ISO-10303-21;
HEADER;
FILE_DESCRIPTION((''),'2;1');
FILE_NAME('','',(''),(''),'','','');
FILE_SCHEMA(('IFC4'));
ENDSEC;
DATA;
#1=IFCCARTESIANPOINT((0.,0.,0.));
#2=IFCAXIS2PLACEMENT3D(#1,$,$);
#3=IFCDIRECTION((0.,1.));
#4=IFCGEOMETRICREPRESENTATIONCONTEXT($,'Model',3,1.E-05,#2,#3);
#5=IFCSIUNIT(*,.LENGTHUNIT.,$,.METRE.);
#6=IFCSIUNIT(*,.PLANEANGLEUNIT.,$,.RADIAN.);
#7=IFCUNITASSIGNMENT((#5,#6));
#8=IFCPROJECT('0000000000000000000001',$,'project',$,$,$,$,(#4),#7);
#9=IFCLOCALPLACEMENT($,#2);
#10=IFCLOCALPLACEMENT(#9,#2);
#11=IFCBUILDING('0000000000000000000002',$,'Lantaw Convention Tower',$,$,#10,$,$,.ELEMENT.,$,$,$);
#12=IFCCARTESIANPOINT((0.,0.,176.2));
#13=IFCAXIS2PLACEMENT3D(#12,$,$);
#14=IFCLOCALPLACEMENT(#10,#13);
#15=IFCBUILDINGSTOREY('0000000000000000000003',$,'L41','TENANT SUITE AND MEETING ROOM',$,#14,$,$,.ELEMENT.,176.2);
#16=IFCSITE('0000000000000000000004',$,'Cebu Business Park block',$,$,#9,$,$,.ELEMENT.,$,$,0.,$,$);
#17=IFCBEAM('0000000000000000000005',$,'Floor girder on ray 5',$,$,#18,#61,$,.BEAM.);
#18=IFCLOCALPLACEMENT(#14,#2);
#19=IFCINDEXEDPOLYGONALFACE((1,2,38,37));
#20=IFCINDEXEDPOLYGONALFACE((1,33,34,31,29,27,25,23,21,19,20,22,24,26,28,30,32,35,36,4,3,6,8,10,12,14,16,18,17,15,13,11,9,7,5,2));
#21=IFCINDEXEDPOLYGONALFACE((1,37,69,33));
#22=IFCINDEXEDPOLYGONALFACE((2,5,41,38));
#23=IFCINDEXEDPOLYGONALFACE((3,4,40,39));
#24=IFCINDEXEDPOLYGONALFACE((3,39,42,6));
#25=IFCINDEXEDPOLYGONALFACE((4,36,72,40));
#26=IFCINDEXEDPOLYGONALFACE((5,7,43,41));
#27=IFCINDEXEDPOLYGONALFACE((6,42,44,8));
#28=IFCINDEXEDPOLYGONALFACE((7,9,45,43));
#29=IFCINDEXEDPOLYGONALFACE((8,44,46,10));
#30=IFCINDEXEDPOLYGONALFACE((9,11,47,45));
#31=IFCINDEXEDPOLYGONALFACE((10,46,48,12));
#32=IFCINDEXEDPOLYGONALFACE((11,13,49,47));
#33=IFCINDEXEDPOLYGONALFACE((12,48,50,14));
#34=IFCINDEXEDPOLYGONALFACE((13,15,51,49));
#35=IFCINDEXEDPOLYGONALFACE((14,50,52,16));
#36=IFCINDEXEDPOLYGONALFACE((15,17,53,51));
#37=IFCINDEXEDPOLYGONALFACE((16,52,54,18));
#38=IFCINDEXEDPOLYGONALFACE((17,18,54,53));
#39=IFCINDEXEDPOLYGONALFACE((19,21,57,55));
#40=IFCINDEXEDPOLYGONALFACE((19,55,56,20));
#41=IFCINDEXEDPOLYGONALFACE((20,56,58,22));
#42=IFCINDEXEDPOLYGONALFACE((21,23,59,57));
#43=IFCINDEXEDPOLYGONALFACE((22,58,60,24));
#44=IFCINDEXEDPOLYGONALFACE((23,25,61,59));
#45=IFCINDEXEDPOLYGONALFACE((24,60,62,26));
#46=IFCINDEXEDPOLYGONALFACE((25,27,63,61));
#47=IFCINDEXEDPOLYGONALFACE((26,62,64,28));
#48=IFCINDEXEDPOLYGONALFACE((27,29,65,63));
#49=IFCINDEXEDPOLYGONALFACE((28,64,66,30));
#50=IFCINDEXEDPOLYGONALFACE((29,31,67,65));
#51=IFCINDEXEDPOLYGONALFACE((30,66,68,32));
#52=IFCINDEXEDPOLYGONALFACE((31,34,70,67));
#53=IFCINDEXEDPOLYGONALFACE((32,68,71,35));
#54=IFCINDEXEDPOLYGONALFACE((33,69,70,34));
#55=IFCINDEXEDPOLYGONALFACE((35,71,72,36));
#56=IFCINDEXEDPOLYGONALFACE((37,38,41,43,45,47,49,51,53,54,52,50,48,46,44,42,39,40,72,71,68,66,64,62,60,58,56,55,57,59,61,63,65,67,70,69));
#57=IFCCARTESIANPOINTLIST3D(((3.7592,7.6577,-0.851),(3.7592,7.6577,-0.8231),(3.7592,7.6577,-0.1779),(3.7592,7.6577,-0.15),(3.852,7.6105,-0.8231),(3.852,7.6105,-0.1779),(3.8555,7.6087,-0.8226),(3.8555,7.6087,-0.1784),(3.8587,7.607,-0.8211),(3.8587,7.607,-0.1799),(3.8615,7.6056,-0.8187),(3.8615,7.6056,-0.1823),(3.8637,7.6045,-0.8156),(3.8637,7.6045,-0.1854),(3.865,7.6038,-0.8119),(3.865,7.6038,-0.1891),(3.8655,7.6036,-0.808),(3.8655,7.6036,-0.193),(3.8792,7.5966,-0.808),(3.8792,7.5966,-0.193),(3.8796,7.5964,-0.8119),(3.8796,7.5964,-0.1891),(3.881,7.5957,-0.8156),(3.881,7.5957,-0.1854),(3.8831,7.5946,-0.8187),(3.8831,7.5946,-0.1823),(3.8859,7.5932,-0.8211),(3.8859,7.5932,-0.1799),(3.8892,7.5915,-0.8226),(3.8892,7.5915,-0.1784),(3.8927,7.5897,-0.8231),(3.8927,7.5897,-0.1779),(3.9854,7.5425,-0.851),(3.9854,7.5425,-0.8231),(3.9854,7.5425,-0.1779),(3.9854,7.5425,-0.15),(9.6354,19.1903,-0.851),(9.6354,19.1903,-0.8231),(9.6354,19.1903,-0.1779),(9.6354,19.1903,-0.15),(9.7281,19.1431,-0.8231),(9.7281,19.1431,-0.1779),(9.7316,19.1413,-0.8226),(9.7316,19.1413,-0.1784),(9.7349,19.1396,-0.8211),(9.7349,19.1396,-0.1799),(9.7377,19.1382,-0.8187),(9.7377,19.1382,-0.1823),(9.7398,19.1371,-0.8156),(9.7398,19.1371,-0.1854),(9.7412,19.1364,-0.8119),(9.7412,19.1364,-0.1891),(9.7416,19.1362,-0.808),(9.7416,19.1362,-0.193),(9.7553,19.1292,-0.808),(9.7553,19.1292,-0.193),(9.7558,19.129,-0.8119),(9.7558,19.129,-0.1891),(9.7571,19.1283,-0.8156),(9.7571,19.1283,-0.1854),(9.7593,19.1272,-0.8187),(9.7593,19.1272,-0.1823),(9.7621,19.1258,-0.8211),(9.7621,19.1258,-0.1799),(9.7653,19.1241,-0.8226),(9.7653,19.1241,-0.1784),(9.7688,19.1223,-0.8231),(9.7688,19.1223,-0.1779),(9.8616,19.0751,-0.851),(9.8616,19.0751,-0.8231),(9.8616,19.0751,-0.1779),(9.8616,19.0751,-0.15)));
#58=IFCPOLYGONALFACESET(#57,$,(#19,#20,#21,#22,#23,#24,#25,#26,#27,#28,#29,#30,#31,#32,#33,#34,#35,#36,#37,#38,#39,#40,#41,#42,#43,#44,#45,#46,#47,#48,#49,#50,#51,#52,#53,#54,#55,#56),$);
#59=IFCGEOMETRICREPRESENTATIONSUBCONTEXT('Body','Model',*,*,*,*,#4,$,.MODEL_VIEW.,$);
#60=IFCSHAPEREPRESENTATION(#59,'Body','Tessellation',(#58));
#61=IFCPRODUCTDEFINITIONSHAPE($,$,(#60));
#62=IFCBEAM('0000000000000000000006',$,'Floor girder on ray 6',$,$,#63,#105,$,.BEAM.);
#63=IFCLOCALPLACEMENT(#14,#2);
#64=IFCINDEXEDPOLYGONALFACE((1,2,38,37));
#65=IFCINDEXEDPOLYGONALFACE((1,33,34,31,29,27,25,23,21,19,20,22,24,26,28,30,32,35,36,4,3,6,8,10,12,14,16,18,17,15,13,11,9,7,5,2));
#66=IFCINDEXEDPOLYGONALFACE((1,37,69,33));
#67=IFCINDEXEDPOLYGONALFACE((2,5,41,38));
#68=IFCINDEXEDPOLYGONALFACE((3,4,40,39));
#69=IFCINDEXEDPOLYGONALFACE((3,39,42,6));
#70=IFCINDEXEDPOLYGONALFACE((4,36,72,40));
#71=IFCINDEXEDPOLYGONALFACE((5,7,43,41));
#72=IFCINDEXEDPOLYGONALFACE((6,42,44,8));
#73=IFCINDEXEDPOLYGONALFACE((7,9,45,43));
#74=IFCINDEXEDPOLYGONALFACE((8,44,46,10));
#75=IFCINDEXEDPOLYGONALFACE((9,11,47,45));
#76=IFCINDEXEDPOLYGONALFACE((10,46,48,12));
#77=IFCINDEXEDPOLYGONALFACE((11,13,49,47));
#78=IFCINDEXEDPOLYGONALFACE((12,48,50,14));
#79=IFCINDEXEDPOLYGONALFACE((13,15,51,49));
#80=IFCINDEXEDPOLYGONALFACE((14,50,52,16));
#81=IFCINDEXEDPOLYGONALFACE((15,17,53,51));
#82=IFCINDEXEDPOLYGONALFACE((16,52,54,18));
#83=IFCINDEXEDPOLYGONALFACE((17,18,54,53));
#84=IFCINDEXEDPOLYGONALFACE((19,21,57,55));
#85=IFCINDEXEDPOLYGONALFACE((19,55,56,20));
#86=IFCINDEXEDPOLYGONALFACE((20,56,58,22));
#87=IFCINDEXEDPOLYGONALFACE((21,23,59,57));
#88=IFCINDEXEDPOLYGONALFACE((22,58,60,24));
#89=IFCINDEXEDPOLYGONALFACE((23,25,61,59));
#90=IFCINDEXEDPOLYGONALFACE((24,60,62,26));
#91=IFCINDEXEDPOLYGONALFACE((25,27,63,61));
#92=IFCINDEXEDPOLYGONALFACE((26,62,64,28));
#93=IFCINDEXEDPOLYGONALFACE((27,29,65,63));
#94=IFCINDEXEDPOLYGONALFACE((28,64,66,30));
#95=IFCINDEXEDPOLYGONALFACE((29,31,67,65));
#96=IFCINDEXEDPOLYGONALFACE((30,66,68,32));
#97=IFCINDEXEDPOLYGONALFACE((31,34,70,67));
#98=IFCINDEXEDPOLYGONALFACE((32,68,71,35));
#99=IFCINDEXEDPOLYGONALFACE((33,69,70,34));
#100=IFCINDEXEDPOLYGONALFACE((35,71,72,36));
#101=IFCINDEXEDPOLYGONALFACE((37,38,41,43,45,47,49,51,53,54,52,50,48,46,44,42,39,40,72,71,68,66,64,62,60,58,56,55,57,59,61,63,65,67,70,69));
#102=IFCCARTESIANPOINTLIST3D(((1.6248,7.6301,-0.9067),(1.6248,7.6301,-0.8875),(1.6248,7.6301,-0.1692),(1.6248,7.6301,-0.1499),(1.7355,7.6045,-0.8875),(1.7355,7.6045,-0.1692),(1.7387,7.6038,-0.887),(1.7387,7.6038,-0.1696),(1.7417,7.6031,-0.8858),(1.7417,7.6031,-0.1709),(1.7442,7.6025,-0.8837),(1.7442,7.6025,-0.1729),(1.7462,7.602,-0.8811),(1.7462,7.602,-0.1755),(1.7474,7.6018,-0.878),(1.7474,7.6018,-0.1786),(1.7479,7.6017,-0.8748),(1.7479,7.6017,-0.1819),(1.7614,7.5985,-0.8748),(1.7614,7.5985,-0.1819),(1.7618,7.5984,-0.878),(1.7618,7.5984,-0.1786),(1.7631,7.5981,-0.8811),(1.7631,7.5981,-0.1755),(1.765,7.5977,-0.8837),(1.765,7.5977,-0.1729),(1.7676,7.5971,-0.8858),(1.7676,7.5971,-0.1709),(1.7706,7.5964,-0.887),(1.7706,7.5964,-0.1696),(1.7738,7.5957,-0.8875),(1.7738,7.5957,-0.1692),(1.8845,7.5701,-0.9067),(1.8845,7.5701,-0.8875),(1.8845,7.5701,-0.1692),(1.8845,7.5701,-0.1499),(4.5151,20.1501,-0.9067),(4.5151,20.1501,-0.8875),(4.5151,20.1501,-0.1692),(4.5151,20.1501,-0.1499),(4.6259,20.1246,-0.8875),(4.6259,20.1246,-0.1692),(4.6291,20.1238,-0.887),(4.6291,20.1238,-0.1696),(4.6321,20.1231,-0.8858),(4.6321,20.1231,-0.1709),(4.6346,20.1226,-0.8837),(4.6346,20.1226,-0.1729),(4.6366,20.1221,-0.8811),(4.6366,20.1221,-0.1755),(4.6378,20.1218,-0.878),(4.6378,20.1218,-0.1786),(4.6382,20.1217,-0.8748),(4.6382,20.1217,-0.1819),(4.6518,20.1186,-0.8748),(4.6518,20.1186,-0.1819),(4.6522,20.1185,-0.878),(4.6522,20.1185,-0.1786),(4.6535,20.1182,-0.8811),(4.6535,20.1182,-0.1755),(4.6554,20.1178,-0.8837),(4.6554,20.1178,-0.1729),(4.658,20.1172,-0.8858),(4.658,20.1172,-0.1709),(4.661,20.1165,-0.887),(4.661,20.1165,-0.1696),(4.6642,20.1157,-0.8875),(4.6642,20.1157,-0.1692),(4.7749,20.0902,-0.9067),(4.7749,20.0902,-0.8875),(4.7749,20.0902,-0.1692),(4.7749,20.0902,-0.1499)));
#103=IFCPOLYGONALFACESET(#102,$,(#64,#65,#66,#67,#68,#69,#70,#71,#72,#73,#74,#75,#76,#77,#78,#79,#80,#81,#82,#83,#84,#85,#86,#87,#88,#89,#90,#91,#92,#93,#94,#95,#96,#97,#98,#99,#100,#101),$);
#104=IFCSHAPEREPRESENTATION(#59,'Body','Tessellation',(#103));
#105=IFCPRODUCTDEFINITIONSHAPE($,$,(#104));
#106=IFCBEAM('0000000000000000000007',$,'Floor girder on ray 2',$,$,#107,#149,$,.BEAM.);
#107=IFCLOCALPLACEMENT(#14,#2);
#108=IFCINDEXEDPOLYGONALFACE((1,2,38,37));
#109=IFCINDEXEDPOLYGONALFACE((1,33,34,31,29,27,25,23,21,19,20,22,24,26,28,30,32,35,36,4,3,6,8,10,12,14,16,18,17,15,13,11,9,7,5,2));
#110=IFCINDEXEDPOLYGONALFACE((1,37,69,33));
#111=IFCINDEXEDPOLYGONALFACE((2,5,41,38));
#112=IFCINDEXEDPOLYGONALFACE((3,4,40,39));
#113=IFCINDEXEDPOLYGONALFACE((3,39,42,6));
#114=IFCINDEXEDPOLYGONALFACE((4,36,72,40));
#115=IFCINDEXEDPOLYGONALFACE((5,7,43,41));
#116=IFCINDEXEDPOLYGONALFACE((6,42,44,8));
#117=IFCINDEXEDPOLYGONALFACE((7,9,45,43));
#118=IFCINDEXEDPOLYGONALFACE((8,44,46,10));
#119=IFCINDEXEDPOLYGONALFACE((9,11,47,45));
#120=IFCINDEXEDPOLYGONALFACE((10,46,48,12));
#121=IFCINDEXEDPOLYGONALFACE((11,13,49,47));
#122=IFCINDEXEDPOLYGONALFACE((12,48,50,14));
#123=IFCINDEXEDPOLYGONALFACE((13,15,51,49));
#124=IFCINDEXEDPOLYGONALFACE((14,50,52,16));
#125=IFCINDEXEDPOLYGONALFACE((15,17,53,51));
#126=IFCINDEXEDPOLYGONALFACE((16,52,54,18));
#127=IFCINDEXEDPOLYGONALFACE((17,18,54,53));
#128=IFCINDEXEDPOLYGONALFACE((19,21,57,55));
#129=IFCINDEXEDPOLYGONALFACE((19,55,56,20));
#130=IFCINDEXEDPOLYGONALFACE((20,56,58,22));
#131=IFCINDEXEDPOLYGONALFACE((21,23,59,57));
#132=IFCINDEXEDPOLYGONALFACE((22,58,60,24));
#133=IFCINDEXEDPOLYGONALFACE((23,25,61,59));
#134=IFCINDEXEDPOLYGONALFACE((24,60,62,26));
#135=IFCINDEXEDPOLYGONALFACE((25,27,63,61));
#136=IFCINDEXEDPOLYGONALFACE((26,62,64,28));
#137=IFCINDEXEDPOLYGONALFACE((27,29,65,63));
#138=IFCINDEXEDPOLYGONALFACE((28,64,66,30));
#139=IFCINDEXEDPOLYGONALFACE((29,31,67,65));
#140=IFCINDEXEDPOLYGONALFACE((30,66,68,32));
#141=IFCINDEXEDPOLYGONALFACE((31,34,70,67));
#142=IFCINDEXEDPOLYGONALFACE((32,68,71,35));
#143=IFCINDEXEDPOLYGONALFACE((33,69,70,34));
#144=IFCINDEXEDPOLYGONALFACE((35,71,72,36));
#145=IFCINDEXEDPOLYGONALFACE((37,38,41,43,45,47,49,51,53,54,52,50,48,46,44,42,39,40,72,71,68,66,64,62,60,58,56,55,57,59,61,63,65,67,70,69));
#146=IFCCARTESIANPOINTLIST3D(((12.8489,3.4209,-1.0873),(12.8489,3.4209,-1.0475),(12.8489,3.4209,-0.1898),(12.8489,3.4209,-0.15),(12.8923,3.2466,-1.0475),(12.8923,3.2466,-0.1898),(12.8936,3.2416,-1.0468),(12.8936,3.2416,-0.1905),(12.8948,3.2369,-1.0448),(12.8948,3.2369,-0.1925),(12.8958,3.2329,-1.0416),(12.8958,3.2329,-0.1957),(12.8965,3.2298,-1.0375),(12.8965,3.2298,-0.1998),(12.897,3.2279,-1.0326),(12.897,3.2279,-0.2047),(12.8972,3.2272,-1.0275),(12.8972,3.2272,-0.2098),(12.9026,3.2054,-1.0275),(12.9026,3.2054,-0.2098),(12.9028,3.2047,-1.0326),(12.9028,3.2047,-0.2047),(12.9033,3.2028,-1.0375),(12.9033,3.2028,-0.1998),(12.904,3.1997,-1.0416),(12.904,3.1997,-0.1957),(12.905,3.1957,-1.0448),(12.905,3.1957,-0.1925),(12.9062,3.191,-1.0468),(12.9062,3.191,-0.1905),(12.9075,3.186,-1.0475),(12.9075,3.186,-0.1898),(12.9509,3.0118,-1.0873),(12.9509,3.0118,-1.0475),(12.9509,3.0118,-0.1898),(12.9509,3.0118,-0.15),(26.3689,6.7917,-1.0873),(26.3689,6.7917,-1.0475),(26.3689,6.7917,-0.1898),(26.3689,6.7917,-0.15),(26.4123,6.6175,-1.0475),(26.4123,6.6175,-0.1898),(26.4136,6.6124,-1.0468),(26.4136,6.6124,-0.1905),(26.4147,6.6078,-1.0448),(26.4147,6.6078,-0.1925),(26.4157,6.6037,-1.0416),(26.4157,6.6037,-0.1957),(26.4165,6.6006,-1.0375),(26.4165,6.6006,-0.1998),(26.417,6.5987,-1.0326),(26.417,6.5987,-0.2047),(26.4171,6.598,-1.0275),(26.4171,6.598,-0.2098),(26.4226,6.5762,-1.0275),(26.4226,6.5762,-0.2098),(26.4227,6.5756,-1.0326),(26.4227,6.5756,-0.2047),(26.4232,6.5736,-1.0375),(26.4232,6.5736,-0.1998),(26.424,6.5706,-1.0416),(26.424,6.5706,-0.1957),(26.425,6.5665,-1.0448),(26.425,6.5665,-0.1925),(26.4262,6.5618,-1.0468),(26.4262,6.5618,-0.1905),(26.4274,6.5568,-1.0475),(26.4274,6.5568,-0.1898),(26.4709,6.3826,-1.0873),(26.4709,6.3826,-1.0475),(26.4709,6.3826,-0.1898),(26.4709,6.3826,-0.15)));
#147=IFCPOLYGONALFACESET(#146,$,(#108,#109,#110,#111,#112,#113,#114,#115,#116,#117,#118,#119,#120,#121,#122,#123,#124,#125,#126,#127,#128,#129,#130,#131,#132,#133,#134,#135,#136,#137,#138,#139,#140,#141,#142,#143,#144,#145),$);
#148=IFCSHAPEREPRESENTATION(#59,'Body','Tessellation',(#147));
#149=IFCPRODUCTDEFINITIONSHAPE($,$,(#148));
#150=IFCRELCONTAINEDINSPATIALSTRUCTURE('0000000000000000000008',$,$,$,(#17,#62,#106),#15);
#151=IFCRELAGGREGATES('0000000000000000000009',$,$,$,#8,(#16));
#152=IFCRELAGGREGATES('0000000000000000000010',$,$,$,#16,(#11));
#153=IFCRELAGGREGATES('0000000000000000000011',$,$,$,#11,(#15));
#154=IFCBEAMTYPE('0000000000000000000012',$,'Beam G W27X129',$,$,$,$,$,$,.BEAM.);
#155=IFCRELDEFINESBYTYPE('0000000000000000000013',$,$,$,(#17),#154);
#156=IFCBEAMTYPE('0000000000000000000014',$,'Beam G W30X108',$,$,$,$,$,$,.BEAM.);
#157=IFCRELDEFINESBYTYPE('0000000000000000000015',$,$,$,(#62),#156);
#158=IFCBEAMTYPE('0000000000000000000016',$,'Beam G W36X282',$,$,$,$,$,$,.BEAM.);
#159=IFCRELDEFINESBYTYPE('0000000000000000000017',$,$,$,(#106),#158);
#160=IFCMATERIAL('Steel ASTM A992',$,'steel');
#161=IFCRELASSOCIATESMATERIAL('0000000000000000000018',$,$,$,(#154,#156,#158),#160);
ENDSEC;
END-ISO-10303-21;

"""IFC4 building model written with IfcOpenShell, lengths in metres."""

from ifc_helpers import new_model, si_unit, direction, frame, origin, origin_2d, place, context, subcontext, project, spatial, i_section, extrude, material, material_profile, profile_set, type_object, element, save


model = new_model("IFC4")

# Units and contexts
model_context = context("Model", 3, precision=1e-05, world=origin(), true_north=direction((0.0, 1.0)))
body_context = subcontext(model_context, "Body", "Model", "MODEL_VIEW")
ifc_project = project(units=[si_unit("LENGTHUNIT", "METRE"), si_unit("PLANEANGLEUNIT", "RADIAN")], contexts=[model_context])

# Site, building, storey
site_placement = place(None, origin())
site = spatial("IfcSite", under=ifc_project, at=site_placement, Name="Cebu Business Park block", CompositionType="ELEMENT", RefElevation=0.0)
building_placement = place(site_placement, origin())
building = spatial("IfcBuilding", under=site, at=building_placement, Name="Lantaw Convention Tower", CompositionType="ELEMENT")
storey_placement = place(building_placement, frame((0.0, 0.0, 176.2)))
storey = spatial("IfcBuildingStorey", under=building, at=storey_placement, Name="L41", Description="TENANT SUITE AND MEETING ROOM", CompositionType="ELEMENT", Elevation=176.2)

# Beams
ifc_material_1 = material(Name="Steel ASTM A992", Category="steel")
ifc_material_profile_1 = material_profile(ifc_material_1, i_section(OverallWidth=0.2539, OverallDepth=0.7009, WebThickness=0.0154, FlangeThickness=0.0278, FilletRadius=0.0151, at=origin_2d()), Name="W27X129")
ifc_profile_set_1 = profile_set([ifc_material_profile_1], Name="Steel ASTM A992")
beam_type_1 = type_object("IfcBeamType", Name="Beam G W27X129", PredefinedType="BEAM", material=ifc_profile_set_1)
beam_1_placement = place(storey_placement, frame((3.8723, 7.6001, -0.5005), z_axis=(0.453991, 0.891006, 0.0), x_axis=(-0.891006, 0.453991, 0.0)))
element("IfcBeam", 1, at=beam_1_placement, inside=storey, type_object=beam_type_1, Name="Floor girder on ray 5", PredefinedType="BEAM", context=body_context, shape_type="SweptSolid", body=[
    extrude(i_section(OverallWidth=0.2539, OverallDepth=0.7009, WebThickness=0.0154, FlangeThickness=0.0278, FilletRadius=0.0151, at=origin_2d()), origin(), (0.0, 0.0, 1.0), 12.9434),
])
ifc_material_profile_2 = material_profile(ifc_material_1, i_section(OverallWidth=0.2666, OverallDepth=0.7568, WebThickness=0.0139, FlangeThickness=0.0193, FilletRadius=0.0127, at=origin_2d()), Name="W30X108")
ifc_profile_set_2 = profile_set([ifc_material_profile_2], Name="Steel ASTM A992")
beam_type_2 = type_object("IfcBeamType", Name="Beam G W30X108", PredefinedType="BEAM", material=ifc_profile_set_2)
beam_2_placement = place(storey_placement, frame((1.7546, 7.6001, -0.5283), z_axis=(0.224944, 0.974372, 0.0), x_axis=(-0.974372, 0.224944, 0.0)))
element("IfcBeam", 2, at=beam_2_placement, inside=storey, type_object=beam_type_2, Name="Floor girder on ray 6", PredefinedType="BEAM", context=body_context, shape_type="SweptSolid", body=[
    extrude(i_section(OverallWidth=0.2666, OverallDepth=0.7568, WebThickness=0.0139, FlangeThickness=0.0193, FilletRadius=0.0127, at=origin_2d()), origin(), (0.0, 0.0, 1.0), 12.8494),
])
ifc_material_profile_3 = material_profile(ifc_material_1, i_section(OverallWidth=0.4216, OverallDepth=0.9373, WebThickness=0.0225, FlangeThickness=0.0398, FilletRadius=0.02, at=origin_2d()), Name="W36X282")
ifc_profile_set_3 = profile_set([ifc_material_profile_3], Name="Steel ASTM A992")
beam_type_3 = type_object("IfcBeamType", Name="Beam G W36X282", PredefinedType="BEAM", material=ifc_profile_set_3)
beam_3_placement = place(storey_placement, frame((12.8999, 3.2163, -0.6187), z_axis=(0.970297, 0.241917, 0.0), x_axis=(-0.241917, 0.970297, 0.0)))
element("IfcBeam", 3, at=beam_3_placement, inside=storey, type_object=beam_type_3, Name="Floor girder on ray 2", PredefinedType="BEAM", context=body_context, shape_type="SweptSolid", body=[
    extrude(i_section(OverallWidth=0.4216, OverallDepth=0.9373, WebThickness=0.0225, FlangeThickness=0.0398, FilletRadius=0.02, at=origin_2d()), origin(), (0.0, 0.0, 1.0), 13.9338),
])

save(model, "model.ifc")
